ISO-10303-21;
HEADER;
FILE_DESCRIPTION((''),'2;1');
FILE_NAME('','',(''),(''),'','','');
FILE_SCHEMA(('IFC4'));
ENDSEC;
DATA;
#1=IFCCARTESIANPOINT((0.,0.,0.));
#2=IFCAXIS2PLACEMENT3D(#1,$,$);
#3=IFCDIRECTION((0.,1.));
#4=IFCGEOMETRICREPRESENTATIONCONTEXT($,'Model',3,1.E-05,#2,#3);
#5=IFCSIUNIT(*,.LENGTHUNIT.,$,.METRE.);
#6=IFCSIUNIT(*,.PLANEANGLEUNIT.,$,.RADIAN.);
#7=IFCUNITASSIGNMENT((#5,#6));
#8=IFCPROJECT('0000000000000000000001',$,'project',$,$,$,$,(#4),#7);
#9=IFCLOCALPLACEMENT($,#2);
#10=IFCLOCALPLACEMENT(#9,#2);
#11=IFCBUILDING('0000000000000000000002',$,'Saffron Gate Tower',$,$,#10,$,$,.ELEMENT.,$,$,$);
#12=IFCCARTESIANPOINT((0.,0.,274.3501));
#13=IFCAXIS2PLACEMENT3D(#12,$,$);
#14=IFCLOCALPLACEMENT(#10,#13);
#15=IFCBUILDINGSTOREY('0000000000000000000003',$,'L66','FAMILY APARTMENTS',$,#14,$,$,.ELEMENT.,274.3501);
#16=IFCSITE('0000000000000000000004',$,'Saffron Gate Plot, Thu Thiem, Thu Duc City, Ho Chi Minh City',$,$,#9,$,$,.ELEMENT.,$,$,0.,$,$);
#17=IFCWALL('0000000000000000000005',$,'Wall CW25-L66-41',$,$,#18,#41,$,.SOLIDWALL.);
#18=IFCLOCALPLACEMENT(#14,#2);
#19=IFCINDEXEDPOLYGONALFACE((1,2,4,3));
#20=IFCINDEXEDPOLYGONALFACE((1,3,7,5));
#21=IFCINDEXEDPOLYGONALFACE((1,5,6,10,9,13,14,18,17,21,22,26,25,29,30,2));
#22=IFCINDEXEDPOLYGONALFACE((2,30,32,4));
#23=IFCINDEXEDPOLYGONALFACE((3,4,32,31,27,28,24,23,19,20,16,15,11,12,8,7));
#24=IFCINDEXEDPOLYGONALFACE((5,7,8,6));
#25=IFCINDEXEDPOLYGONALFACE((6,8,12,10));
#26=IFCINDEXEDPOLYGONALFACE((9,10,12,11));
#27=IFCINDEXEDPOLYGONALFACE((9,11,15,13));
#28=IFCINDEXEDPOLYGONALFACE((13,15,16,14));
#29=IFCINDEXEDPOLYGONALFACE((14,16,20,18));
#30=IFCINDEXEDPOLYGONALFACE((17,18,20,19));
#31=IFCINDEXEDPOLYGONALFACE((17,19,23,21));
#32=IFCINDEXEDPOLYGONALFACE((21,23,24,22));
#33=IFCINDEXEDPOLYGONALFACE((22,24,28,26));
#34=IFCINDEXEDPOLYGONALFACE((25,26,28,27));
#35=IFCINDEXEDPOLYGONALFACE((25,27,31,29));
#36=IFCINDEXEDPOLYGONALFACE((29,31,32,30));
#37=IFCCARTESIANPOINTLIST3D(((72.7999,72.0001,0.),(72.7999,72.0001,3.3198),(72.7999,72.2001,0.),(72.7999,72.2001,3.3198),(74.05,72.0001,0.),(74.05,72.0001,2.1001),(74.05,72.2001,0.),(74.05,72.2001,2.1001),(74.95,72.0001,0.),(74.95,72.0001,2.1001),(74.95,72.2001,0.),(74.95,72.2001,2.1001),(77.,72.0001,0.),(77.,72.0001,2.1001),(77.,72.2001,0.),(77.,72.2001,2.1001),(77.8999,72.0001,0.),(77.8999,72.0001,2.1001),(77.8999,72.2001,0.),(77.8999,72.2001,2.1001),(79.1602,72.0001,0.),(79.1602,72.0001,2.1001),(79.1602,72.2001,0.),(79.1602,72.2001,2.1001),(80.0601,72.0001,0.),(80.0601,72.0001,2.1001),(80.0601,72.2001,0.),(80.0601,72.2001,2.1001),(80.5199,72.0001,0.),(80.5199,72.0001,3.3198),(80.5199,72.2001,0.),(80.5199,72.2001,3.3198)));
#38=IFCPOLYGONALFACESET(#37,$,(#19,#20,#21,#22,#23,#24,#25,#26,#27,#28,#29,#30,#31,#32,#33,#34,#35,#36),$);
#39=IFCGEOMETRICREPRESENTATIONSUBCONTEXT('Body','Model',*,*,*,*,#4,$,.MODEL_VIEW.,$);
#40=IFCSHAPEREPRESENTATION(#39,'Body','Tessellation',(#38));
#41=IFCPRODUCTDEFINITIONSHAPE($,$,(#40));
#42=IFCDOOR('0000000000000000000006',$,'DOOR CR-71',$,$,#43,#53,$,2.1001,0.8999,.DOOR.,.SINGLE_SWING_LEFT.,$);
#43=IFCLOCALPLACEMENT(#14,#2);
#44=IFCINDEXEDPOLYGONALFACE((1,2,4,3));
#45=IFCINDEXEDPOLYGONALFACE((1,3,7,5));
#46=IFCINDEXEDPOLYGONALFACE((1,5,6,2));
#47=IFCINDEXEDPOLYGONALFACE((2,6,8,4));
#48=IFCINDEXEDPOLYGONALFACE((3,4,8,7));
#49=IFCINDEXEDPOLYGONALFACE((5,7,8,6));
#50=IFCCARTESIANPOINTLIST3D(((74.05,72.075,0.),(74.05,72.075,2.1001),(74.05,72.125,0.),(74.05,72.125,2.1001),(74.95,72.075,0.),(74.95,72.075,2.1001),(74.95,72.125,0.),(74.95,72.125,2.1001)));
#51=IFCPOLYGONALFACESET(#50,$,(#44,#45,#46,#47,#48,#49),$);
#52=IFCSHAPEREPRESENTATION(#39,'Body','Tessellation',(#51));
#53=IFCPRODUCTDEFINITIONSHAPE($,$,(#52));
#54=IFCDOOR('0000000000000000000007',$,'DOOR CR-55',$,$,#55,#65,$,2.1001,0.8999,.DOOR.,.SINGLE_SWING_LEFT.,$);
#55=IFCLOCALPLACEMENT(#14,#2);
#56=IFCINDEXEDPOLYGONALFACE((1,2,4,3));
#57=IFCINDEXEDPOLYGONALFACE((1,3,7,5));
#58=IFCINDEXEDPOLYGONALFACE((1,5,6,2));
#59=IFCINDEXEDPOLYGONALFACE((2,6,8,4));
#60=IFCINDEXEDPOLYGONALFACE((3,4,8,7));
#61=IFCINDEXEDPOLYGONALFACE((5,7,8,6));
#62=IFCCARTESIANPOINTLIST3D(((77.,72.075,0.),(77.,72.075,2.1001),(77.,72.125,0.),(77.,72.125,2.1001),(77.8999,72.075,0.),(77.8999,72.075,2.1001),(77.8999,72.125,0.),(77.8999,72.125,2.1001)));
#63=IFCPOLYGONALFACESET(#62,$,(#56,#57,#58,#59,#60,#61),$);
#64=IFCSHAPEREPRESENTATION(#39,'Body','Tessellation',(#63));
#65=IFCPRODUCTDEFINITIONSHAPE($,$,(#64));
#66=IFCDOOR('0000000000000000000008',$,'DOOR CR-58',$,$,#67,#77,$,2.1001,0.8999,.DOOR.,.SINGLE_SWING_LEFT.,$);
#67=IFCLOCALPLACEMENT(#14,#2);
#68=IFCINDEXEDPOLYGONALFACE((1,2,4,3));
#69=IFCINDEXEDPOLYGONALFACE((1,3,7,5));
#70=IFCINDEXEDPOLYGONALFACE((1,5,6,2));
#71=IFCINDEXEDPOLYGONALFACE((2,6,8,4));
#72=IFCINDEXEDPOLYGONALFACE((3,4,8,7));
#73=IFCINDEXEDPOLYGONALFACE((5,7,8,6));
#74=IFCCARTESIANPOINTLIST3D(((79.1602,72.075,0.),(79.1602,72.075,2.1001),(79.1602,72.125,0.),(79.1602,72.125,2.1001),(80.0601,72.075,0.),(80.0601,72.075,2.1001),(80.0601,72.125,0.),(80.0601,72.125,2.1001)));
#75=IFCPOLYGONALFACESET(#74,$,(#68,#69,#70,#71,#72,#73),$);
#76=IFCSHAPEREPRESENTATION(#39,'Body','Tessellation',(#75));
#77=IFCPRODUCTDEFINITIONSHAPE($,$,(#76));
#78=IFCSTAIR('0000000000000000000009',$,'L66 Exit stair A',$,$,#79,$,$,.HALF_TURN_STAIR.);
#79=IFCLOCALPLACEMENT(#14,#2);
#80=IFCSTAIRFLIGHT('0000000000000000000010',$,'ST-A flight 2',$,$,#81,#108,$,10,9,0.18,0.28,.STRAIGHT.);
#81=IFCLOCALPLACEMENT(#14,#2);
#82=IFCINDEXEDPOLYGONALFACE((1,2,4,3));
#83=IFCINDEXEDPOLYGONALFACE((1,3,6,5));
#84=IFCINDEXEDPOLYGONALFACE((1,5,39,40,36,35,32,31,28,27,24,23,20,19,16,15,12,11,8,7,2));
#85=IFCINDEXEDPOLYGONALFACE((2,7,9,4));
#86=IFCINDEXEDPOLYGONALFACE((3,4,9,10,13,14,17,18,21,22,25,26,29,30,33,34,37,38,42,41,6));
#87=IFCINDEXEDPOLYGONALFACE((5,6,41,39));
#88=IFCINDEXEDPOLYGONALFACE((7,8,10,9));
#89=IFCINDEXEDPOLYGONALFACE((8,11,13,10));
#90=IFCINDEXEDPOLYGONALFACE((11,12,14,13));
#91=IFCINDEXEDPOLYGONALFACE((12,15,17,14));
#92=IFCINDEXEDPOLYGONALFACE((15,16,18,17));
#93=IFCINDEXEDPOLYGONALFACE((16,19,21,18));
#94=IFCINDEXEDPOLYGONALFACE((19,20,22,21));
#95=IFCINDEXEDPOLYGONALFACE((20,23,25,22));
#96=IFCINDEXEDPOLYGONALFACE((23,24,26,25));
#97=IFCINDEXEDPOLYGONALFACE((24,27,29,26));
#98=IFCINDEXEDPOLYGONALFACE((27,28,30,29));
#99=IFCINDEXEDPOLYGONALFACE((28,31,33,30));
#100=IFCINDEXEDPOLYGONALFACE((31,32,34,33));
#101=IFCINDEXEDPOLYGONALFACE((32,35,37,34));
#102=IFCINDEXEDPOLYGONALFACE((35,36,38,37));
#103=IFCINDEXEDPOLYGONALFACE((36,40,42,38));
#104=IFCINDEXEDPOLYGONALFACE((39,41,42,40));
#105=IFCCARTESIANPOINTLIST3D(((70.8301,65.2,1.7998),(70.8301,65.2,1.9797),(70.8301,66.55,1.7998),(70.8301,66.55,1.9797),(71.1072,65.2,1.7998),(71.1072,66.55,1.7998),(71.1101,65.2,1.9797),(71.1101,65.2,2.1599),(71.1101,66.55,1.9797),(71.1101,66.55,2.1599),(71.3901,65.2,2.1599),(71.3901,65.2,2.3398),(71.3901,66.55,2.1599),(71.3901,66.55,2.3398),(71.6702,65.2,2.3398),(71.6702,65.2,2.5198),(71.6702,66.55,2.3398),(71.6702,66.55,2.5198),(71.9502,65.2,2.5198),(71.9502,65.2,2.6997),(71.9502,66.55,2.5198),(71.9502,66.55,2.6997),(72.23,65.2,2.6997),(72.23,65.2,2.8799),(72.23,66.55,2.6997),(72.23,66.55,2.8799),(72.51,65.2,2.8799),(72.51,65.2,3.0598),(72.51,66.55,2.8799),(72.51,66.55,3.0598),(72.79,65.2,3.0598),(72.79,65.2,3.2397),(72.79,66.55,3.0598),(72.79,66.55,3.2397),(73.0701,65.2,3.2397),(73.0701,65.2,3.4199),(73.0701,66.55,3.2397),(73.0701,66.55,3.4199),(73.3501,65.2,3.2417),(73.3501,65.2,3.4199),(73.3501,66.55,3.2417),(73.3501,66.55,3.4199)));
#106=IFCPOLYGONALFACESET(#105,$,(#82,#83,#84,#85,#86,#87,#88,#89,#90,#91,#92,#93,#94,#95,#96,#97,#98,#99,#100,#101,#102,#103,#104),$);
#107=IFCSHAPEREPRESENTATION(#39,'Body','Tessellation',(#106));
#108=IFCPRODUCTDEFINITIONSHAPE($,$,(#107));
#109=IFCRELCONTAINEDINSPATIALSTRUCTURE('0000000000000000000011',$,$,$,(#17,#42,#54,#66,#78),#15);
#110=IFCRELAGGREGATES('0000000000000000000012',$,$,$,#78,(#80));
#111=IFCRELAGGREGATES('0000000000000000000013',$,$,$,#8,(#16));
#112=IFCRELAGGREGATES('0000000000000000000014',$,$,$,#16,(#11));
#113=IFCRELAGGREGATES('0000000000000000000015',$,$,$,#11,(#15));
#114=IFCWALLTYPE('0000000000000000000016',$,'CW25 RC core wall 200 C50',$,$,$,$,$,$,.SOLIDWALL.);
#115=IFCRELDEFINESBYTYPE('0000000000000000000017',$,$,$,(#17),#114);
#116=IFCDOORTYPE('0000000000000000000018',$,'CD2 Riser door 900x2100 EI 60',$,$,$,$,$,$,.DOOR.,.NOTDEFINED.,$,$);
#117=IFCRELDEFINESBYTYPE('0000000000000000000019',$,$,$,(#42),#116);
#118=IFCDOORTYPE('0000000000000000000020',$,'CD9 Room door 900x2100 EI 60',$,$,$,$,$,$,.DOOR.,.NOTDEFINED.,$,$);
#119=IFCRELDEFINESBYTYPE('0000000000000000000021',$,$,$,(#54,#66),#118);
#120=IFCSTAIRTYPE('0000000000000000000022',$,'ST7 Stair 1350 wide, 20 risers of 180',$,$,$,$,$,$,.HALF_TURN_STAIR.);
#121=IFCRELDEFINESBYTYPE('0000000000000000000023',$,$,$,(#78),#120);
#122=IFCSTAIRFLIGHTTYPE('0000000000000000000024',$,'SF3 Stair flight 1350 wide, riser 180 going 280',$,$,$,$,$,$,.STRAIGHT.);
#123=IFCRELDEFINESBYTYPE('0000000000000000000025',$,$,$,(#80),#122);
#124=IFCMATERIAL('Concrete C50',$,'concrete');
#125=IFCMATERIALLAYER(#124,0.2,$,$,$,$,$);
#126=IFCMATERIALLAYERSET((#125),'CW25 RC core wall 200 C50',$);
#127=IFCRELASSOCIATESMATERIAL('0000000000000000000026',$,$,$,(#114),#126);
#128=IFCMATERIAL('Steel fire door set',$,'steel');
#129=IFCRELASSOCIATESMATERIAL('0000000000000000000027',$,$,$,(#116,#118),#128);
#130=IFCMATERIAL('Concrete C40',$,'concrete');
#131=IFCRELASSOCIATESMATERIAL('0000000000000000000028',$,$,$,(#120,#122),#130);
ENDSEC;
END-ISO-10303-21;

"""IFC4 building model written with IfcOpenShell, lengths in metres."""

from ifc_helpers import new_model, si_unit, direction, frame, frame_2d, origin, place, context, subcontext, project, spatial, polyline, rectangle, outline, extrude, material, layer, layer_set, type_object, element, fill, aggregate, save


model = new_model("IFC4")

# Units and contexts
model_context = context("Model", 3, precision=1e-05, world=origin(), true_north=direction((0.0, 1.0)))
body_context = subcontext(model_context, "Body", "Model", "MODEL_VIEW")
ifc_project = project(units=[si_unit("LENGTHUNIT", "METRE"), si_unit("PLANEANGLEUNIT", "RADIAN")], contexts=[model_context])

# Site, building, storey
site_placement = place(None, origin())
site = spatial("IfcSite", under=ifc_project, at=site_placement, Name="Saffron Gate Plot, Thu Thiem, Thu Duc City, Ho Chi Minh City", CompositionType="ELEMENT", RefElevation=0.0)
building_placement = place(site_placement, origin())
building = spatial("IfcBuilding", under=site, at=building_placement, Name="Saffron Gate Tower", CompositionType="ELEMENT")
storey_placement = place(building_placement, frame((0.0, 0.0, 274.3501)))
storey = spatial("IfcBuildingStorey", under=building, at=storey_placement, Name="L66", Description="FAMILY APARTMENTS", CompositionType="ELEMENT", Elevation=274.3501)

# Shared definitions
ifc_material_1 = material(Name="Concrete C50", Category="concrete")

# Shared definitions
ifc_material_2 = material(Name="Steel fire door set", Category="steel")
ifc_layer_1 = layer(ifc_material_1, 0.2)
ifc_layer_set_1 = layer_set([ifc_layer_1], Name="CW25 RC core wall 200 C50")
wall_type_1 = type_object("IfcWallType", Name="CW25 RC core wall 200 C50", PredefinedType="SOLIDWALL", material=ifc_layer_set_1)

# Wall, openings, doors
wall_1_placement = place(storey_placement, frame((72.8, 72.1001, 0.0), z_axis=(0.0, 0.0, 1.0), x_axis=(1.0, 0.0, 0.0)))
wall_1 = element("IfcWall", 1, at=wall_1_placement, inside=storey, type_object=wall_type_1, Name="Wall CW25-L66-41", PredefinedType="SOLIDWALL", context=body_context, shape_type="SweptSolid", body=[
    extrude(rectangle(XDim=7.72, YDim=0.2, at=frame_2d((3.8599, 0.0))), origin(), (0.0, 0.0, 1.0), 3.3198),
])
opening_1_placement = place(wall_1_placement, frame((1.25, 0.0, 0.0)))
opening_1 = element("IfcOpeningElement", 2, at=opening_1_placement, cuts=wall_1, PredefinedType="OPENING", context=body_context, shape_type="SweptSolid", body=[
    extrude(rectangle(XDim=0.8999, YDim=2.1001, at=frame_2d((0.45, 1.05))), frame((0.0, 0.1099, 0.0), z_axis=(0.0, -1.0, 0.0), x_axis=(1.0, 0.0, 0.0)), (0.0, 0.0, 1.0), 0.22),
])
opening_2_placement = place(wall_1_placement, frame((4.2, 0.0, 0.0)))
opening_2 = element("IfcOpeningElement", 3, at=opening_2_placement, cuts=wall_1, PredefinedType="OPENING", context=body_context, shape_type="SweptSolid", body=[
    extrude(rectangle(XDim=0.8999, YDim=2.1001, at=frame_2d((0.45, 1.05))), frame((0.0, 0.1099, 0.0), z_axis=(0.0, -1.0, 0.0), x_axis=(1.0, 0.0, 0.0)), (0.0, 0.0, 1.0), 0.22),
])
opening_3_placement = place(wall_1_placement, frame((6.3601, 0.0, 0.0)))
opening_3 = element("IfcOpeningElement", 4, at=opening_3_placement, cuts=wall_1, PredefinedType="OPENING", context=body_context, shape_type="SweptSolid", body=[
    extrude(rectangle(XDim=0.8999, YDim=2.1001, at=frame_2d((0.45, 1.05))), frame((0.0, 0.1099, 0.0), z_axis=(0.0, -1.0, 0.0), x_axis=(1.0, 0.0, 0.0)), (0.0, 0.0, 1.0), 0.22),
])
door_type_1 = type_object("IfcDoorType", Name="CD2 Riser door 900x2100 EI 60", OperationType="NOTDEFINED", PredefinedType="DOOR", material=ifc_material_2)
door_1_placement = place(opening_1_placement, origin())
door_1 = element("IfcDoor", 5, at=door_1_placement, inside=storey, type_object=door_type_1, Name="DOOR CR-71", OperationType="SINGLE_SWING_LEFT", OverallHeight=2.1001, OverallWidth=0.8999, PredefinedType="DOOR", context=body_context, shape_type="SweptSolid", body=[
    extrude(rectangle(XDim=0.8999, YDim=2.1001, at=frame_2d((0.45, 1.05))), frame((0.0, 0.0249, 0.0), z_axis=(0.0, -1.0, 0.0), x_axis=(1.0, 0.0, 0.0)), (0.0, 0.0, 1.0), 0.05),
])
fill(opening_1, door_1)
door_type_2 = type_object("IfcDoorType", Name="CD9 Room door 900x2100 EI 60", OperationType="NOTDEFINED", PredefinedType="DOOR", material=ifc_material_2)
door_2_placement = place(opening_2_placement, origin())
door_2 = element("IfcDoor", 6, at=door_2_placement, inside=storey, type_object=door_type_2, Name="DOOR CR-55", OperationType="SINGLE_SWING_LEFT", OverallHeight=2.1001, OverallWidth=0.8999, PredefinedType="DOOR", context=body_context, shape_type="SweptSolid", body=[
    extrude(rectangle(XDim=0.8999, YDim=2.1001, at=frame_2d((0.45, 1.05))), frame((0.0, 0.0249, 0.0), z_axis=(0.0, -1.0, 0.0), x_axis=(1.0, 0.0, 0.0)), (0.0, 0.0, 1.0), 0.05),
])
fill(opening_2, door_2)
door_3_placement = place(opening_3_placement, origin())
door_3 = element("IfcDoor", 7, at=door_3_placement, inside=storey, type_object=door_type_2, Name="DOOR CR-58", OperationType="SINGLE_SWING_LEFT", OverallHeight=2.1001, OverallWidth=0.8999, PredefinedType="DOOR", context=body_context, shape_type="SweptSolid", body=[
    extrude(rectangle(XDim=0.8999, YDim=2.1001, at=frame_2d((0.45, 1.05))), frame((0.0, 0.0249, 0.0), z_axis=(0.0, -1.0, 0.0), x_axis=(1.0, 0.0, 0.0)), (0.0, 0.0, 1.0), 0.05),
])
fill(opening_3, door_3)

# Stair, stair flight
ifc_material_3 = material(Name="Concrete C40", Category="concrete")
stair_type = type_object("IfcStairType", Name="ST7 Stair 1350 wide, 20 risers of 180", PredefinedType="HALF_TURN_STAIR", material=ifc_material_3)
stair_placement = place(storey_placement, origin())
stair = element("IfcStair", 8, at=stair_placement, inside=storey, type_object=stair_type, Name="L66 Exit stair A", PredefinedType="HALF_TURN_STAIR")
stair_flight_type = type_object("IfcStairFlightType", Name="SF3 Stair flight 1350 wide, riser 180 going 280", PredefinedType="STRAIGHT", material=ifc_material_3)
stair_flight_placement = place(storey_placement, frame((70.8301, 65.875, 1.7998), z_axis=(0.0, 0.0, 1.0), x_axis=(1.0, 0.0, 0.0)))
stair_flight = element("IfcStairFlight", 9, at=stair_flight_placement, type_object=stair_flight_type, Name="ST-A flight 2", NumberOfRisers=10, NumberOfTreads=9, PredefinedType="STRAIGHT", RiserHeight=0.18, TreadLength=0.28, context=body_context, shape_type="SweptSolid", body=[
    extrude(outline(polyline([(0.0, 0.0), (0.0, 0.1799), (0.28, 0.1799), (0.28, 0.3601), (0.5601, 0.3601), (0.5601, 0.54), (0.8401, 0.54), (0.8401, 0.72), (1.1201, 0.72), (1.1201, 0.8999), (1.3999, 0.8999), (1.3999, 1.0801), (1.6799, 1.0801), (1.6799, 1.26), (1.96, 1.26), (1.96, 1.4399), (2.24, 1.4399), (2.24, 1.6201), (2.52, 1.6201), (2.52, 1.8), (2.52, 1.4419), (0.2771, 0.0), (0.0, 0.0)])), frame((0.0, 0.675, 0.0), z_axis=(0.0, -1.0, 0.0), x_axis=(1.0, 0.0, 0.0)), (0.0, 0.0, 1.0), 1.3501),
])
aggregate(stair, [stair_flight])

save(model, "model.ifc")
